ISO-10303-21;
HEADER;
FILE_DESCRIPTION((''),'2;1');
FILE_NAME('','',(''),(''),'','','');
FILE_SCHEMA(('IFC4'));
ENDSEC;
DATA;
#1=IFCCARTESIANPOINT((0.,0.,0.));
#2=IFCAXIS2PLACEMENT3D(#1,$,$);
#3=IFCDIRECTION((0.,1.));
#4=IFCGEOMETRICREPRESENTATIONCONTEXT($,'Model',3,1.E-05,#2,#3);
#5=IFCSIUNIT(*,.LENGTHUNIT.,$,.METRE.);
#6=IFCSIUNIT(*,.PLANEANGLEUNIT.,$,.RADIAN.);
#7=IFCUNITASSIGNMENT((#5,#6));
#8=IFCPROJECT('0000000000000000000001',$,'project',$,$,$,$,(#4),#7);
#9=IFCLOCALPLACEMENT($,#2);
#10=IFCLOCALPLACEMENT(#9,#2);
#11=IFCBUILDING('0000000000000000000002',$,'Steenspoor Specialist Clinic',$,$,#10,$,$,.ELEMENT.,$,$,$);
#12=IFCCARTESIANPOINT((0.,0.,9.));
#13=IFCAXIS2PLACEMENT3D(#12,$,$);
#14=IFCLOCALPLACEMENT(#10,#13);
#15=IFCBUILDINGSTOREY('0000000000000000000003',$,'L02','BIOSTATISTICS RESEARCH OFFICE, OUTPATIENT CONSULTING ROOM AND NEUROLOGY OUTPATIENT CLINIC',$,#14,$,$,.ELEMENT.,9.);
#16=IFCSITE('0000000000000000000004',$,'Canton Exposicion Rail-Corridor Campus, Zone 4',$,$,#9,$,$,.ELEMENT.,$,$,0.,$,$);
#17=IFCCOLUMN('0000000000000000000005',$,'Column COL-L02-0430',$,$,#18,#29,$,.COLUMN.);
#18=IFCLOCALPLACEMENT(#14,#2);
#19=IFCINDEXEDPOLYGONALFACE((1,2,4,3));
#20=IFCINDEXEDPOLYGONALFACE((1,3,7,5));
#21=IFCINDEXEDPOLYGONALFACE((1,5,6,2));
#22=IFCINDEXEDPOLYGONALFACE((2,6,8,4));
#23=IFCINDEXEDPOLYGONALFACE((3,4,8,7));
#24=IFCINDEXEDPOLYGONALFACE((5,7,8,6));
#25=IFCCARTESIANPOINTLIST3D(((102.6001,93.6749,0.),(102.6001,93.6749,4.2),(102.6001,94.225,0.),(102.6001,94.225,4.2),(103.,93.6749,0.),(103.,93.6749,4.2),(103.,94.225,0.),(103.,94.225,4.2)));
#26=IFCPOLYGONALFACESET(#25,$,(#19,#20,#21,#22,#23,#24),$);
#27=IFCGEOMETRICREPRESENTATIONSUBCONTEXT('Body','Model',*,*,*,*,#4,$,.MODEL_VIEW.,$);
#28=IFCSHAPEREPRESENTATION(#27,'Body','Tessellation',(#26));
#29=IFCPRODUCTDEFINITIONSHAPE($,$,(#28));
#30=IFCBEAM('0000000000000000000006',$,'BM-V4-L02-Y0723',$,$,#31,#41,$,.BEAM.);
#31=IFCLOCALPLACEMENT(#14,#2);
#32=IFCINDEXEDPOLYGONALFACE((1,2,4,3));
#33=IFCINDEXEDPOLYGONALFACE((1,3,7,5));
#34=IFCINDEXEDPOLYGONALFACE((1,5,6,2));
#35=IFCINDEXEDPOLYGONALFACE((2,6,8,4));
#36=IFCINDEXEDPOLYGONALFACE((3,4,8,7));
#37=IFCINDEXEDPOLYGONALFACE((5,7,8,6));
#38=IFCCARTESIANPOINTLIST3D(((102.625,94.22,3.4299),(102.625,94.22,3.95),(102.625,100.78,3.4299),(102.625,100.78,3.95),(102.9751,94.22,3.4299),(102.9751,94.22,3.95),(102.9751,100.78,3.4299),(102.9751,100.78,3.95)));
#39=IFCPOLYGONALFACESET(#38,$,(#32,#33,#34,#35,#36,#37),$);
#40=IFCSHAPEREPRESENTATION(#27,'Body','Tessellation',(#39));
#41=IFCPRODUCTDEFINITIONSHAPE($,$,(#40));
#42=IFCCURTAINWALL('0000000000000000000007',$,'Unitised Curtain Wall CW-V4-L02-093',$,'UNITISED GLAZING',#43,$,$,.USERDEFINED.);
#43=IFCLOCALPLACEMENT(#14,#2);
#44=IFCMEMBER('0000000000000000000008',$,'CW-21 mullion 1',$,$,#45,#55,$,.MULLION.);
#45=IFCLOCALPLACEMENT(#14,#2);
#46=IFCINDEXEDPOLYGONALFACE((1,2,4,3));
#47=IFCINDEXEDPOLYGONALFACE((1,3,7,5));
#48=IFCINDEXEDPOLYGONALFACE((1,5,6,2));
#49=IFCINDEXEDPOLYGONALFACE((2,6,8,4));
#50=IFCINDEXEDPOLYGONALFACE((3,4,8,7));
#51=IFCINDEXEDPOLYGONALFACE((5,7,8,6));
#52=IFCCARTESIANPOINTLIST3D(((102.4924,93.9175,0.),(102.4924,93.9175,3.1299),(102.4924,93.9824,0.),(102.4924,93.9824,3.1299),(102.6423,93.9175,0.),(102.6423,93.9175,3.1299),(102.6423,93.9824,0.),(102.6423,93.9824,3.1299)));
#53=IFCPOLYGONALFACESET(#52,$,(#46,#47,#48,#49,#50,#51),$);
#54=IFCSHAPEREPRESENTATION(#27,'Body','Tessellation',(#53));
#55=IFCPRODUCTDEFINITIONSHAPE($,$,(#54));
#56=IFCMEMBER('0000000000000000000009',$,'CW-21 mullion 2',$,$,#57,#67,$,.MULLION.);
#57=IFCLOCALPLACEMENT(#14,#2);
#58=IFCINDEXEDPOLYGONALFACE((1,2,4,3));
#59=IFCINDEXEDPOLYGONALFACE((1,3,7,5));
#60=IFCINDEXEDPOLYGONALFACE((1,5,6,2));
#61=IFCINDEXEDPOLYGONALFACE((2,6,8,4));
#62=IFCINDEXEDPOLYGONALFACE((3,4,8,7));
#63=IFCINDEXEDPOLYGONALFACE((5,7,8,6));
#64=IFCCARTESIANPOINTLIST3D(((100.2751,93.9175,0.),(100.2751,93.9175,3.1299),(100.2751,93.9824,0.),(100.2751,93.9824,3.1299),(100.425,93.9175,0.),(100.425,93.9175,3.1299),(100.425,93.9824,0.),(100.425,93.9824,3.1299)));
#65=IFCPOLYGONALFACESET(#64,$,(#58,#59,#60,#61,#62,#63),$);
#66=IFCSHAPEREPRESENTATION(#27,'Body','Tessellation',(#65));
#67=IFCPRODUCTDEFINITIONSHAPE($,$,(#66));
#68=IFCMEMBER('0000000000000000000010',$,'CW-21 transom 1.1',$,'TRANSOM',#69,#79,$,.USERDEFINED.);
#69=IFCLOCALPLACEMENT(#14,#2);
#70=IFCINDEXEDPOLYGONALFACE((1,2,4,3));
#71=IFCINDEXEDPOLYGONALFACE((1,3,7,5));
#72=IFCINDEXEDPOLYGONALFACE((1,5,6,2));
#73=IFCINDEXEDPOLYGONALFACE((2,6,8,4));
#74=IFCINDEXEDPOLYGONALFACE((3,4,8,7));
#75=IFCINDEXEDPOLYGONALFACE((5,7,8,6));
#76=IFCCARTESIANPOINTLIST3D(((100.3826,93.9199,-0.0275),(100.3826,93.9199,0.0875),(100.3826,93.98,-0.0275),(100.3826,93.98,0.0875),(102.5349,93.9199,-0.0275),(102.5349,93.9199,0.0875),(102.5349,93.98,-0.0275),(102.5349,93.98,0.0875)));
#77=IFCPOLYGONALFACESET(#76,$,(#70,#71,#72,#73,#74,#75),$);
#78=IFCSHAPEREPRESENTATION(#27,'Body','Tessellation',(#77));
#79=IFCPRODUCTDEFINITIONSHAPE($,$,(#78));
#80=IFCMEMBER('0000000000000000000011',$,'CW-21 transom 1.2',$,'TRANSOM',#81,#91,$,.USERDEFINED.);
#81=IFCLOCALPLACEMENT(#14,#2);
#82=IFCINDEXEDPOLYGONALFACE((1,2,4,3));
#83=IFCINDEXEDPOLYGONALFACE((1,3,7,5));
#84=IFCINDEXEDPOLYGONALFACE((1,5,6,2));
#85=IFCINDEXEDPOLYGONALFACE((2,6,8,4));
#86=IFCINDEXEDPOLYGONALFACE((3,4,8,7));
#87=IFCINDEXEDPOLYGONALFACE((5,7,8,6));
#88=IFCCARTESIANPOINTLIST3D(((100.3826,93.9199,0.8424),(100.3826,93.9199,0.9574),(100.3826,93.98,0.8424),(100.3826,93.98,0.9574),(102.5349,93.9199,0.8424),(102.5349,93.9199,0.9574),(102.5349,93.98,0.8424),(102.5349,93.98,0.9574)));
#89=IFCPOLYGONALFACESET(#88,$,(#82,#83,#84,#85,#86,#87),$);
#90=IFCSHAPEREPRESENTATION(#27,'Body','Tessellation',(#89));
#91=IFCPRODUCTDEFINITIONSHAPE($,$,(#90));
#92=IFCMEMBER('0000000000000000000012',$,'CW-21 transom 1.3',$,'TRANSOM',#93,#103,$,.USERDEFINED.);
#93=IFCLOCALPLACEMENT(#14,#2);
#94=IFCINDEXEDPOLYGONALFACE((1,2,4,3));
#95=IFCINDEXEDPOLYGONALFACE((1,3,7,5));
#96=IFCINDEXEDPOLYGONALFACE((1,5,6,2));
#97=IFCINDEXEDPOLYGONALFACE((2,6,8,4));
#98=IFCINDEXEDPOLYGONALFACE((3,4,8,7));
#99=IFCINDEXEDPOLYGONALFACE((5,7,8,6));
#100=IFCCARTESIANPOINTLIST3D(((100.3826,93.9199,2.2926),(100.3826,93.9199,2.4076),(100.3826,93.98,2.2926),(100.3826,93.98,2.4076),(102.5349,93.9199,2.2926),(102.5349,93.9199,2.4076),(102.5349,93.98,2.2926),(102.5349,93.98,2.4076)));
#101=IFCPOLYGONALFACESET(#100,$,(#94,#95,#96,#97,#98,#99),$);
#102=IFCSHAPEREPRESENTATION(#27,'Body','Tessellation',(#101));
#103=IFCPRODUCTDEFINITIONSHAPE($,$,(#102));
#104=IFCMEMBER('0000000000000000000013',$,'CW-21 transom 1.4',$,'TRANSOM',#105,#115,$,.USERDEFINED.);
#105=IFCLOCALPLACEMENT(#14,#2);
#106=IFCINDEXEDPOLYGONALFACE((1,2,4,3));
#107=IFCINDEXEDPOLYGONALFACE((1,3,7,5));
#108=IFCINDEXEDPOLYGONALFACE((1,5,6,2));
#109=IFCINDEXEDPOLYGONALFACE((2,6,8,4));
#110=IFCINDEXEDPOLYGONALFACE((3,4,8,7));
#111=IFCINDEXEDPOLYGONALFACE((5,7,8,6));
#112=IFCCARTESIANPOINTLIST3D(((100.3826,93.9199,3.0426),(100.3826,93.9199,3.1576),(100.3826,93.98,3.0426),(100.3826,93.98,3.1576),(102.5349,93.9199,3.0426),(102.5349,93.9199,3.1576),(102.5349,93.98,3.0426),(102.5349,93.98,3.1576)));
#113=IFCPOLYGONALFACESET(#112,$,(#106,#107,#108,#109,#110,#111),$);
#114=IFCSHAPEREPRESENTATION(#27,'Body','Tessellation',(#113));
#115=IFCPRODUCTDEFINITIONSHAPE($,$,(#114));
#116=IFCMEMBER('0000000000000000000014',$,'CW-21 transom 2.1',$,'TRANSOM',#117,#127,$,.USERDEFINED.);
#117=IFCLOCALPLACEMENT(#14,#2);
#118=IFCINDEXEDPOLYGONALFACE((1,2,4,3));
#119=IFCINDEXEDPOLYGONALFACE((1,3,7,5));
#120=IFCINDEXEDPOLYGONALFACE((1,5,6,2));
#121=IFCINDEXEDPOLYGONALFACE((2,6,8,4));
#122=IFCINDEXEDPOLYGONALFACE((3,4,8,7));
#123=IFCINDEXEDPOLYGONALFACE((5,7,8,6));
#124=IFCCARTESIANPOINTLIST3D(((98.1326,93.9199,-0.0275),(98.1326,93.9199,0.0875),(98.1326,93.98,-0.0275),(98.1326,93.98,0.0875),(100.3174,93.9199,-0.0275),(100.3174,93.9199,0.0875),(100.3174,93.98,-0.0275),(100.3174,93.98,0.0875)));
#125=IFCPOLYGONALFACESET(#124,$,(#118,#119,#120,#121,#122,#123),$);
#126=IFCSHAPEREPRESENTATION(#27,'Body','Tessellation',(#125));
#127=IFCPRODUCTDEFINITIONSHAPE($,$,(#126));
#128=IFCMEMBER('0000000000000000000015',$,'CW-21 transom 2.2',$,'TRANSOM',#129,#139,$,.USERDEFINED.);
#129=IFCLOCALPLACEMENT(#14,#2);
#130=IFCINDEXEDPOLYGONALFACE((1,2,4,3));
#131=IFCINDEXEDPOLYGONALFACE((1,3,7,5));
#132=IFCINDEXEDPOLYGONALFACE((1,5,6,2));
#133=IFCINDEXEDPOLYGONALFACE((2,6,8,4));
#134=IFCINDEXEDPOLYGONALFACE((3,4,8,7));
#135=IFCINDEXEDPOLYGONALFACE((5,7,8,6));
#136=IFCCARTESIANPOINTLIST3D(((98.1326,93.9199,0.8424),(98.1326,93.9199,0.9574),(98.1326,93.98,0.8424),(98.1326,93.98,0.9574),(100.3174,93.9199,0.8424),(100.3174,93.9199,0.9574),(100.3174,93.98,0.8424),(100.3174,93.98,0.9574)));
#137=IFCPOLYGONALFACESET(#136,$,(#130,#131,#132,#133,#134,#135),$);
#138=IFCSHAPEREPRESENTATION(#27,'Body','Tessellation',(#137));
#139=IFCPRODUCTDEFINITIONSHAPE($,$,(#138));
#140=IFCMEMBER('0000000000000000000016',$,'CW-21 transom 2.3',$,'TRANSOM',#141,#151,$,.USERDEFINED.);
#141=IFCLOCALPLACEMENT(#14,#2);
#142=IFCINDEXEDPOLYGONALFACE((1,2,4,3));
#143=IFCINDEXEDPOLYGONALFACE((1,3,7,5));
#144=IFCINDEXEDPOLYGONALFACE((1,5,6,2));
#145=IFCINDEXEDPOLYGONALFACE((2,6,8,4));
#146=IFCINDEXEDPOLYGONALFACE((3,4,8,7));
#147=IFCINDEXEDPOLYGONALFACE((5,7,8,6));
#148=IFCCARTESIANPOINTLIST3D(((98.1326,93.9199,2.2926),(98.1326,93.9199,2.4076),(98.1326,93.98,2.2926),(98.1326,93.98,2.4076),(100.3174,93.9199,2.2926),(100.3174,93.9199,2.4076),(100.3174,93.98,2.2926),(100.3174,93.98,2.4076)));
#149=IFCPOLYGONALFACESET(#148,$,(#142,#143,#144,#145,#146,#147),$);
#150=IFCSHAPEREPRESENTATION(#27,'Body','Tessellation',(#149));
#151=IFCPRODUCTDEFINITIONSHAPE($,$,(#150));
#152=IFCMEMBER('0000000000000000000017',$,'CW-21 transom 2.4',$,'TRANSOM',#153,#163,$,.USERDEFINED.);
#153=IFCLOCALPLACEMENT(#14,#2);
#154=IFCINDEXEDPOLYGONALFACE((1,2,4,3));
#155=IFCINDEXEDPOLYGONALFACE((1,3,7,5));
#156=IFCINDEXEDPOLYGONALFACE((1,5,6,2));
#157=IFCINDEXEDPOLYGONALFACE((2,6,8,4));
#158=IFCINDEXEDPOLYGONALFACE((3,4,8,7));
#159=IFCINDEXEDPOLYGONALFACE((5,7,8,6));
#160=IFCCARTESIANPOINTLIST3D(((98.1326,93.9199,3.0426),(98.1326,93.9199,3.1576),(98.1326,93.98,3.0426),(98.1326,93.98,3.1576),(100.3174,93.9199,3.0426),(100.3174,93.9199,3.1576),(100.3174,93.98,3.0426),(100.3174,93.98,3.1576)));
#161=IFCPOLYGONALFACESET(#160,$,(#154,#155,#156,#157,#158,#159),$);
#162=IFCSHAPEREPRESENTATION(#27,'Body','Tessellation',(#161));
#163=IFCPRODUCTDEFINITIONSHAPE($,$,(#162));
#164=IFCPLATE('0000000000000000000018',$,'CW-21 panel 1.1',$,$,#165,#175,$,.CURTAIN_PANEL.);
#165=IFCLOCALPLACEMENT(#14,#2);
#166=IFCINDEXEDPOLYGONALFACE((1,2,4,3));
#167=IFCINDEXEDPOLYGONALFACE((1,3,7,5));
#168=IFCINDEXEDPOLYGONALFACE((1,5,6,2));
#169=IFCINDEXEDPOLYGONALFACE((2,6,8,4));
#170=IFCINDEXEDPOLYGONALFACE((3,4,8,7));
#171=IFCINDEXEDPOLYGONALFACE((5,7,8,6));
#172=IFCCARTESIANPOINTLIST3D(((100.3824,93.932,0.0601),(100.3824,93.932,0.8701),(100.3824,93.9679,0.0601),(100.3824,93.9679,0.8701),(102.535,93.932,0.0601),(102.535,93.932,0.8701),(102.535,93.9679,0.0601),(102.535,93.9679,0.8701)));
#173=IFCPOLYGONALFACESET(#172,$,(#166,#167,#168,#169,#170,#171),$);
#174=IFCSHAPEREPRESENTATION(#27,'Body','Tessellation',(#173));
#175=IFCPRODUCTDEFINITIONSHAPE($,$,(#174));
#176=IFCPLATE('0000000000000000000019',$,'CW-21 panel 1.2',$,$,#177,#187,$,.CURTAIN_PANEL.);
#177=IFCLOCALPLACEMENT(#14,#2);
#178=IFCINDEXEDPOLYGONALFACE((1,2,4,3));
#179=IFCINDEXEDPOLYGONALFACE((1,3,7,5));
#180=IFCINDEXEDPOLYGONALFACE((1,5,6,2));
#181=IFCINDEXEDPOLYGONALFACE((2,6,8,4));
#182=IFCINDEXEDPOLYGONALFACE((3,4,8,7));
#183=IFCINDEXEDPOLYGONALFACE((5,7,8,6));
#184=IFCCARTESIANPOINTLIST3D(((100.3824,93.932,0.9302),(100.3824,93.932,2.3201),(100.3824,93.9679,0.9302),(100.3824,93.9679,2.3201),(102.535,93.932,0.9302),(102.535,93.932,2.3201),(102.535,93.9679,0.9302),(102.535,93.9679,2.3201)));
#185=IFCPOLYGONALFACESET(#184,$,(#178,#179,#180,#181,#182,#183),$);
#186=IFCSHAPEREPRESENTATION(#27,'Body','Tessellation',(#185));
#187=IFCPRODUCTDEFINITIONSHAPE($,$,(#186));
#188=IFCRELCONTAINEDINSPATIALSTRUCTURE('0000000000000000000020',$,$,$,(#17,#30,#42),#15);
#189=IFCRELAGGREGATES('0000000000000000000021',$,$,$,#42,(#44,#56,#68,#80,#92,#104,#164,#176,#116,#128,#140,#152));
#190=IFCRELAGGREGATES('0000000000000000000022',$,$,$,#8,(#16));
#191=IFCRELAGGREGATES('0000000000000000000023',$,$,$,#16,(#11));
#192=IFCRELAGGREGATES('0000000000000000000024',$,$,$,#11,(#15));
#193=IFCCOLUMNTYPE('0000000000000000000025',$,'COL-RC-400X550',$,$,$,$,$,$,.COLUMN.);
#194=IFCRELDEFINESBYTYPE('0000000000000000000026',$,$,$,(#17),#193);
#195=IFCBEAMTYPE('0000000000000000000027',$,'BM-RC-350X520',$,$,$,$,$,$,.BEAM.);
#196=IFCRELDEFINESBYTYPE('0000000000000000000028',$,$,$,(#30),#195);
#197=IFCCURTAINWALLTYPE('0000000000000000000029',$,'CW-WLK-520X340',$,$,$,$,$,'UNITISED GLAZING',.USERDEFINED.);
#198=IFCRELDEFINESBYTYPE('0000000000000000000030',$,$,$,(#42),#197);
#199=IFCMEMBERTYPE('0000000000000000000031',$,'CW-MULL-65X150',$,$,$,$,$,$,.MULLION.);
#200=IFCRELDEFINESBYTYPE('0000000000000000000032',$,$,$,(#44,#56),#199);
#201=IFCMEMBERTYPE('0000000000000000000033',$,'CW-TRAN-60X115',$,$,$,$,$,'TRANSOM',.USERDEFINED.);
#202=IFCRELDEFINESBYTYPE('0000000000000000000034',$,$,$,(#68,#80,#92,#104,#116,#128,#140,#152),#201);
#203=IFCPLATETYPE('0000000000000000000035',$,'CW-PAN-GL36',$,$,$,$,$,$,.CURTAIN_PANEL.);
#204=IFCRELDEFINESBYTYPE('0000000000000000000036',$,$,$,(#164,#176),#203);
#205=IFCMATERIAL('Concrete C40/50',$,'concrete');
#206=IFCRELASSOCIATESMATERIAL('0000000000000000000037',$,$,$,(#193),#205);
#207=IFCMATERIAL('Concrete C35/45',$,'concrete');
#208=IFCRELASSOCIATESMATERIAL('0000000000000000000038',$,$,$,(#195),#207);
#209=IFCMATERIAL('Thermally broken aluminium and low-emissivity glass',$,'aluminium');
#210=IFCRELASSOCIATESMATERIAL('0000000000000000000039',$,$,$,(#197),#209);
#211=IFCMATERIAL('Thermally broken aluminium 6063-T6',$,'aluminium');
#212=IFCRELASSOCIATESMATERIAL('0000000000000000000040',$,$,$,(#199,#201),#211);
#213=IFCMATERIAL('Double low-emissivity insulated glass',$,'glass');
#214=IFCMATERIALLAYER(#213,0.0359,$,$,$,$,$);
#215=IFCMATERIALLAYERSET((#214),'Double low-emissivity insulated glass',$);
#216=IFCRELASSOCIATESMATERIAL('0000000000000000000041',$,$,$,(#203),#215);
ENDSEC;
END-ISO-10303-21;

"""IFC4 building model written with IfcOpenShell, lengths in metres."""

from ifc_helpers import new_model, si_unit, direction, frame, origin, origin_2d, place, context, subcontext, project, spatial, rectangle, extrude, material, layer, layer_set, material_profile, profile_set, type_object, element, aggregate, save


model = new_model("IFC4")

# Units and contexts
model_context = context("Model", 3, precision=1e-05, world=origin(), true_north=direction((0.0, 1.0)))
body_context = subcontext(model_context, "Body", "Model", "MODEL_VIEW")
ifc_project = project(units=[si_unit("LENGTHUNIT", "METRE"), si_unit("PLANEANGLEUNIT", "RADIAN")], contexts=[model_context])

# Site, building, storey
site_placement = place(None, origin())
site = spatial("IfcSite", under=ifc_project, at=site_placement, Name="Canton Exposicion Rail-Corridor Campus, Zone 4", CompositionType="ELEMENT", RefElevation=0.0)
building_placement = place(site_placement, origin())
building = spatial("IfcBuilding", under=site, at=building_placement, Name="Steenspoor Specialist Clinic", CompositionType="ELEMENT")
storey_placement = place(building_placement, frame((0.0, 0.0, 9.0)))
storey = spatial("IfcBuildingStorey", under=building, at=storey_placement, Name="L02", Description="BIOSTATISTICS RESEARCH OFFICE, OUTPATIENT CONSULTING ROOM AND NEUROLOGY OUTPATIENT CLINIC", CompositionType="ELEMENT", Elevation=9.0)

# Column
ifc_material_1 = material(Name="Concrete C40/50", Category="concrete")
ifc_material_profile_1 = material_profile(ifc_material_1, rectangle(XDim=0.3999, YDim=0.55, at=origin_2d()), Name="RC-COL-400X550")
ifc_profile_set_1 = profile_set([ifc_material_profile_1], Name="Concrete C40/50")
column_type = type_object("IfcColumnType", Name="COL-RC-400X550", PredefinedType="COLUMN", material=ifc_profile_set_1)
column_placement = place(storey_placement, frame((102.8, 93.95, 0.0), z_axis=(0.0, 0.0, 1.0), x_axis=(1.0, 0.0, 0.0)))
element("IfcColumn", 1, at=column_placement, inside=storey, type_object=column_type, Name="Column COL-L02-0430", PredefinedType="COLUMN", context=body_context, shape_type="SweptSolid", body=[
    extrude(rectangle(XDim=0.3999, YDim=0.55, at=origin_2d()), origin(), (0.0, 0.0, 1.0), 4.2),
])

# Beam
ifc_material_2 = material(Name="Concrete C35/45", Category="concrete")
ifc_material_profile_2 = material_profile(ifc_material_2, rectangle(XDim=0.3501, YDim=0.52, at=origin_2d()), Name="RC-BM-350X520")
ifc_profile_set_2 = profile_set([ifc_material_profile_2], Name="Concrete C35/45")
beam_type = type_object("IfcBeamType", Name="BM-RC-350X520", PredefinedType="BEAM", material=ifc_profile_set_2)
beam_placement = place(storey_placement, frame((102.8, 94.22, 3.6899), z_axis=(0.0, 1.0, 0.0), x_axis=(-1.0, 0.0, 0.0)))
element("IfcBeam", 2, at=beam_placement, inside=storey, type_object=beam_type, Name="BM-V4-L02-Y0723", PredefinedType="BEAM", context=body_context, shape_type="SweptSolid", body=[
    extrude(rectangle(XDim=0.3501, YDim=0.52, at=origin_2d()), origin(), (0.0, 0.0, 1.0), 6.5601),
])

# Curtain wall, members, plates
ifc_material_3 = material(Name="Thermally broken aluminium and low-emissivity glass", Category="aluminium")
curtain_wall_type = type_object("IfcCurtainWallType", Name="CW-WLK-520X340", ElementType="UNITISED GLAZING", PredefinedType="USERDEFINED", material=ifc_material_3)
curtain_wall_placement = place(storey_placement, origin())
curtain_wall = element("IfcCurtainWall", 3, at=curtain_wall_placement, inside=storey, type_object=curtain_wall_type, Name="Unitised Curtain Wall CW-V4-L02-093", ObjectType="UNITISED GLAZING", PredefinedType="USERDEFINED")
ifc_material_4 = material(Name="Thermally broken aluminium 6063-T6", Category="aluminium")
ifc_material_profile_3 = material_profile(ifc_material_4, rectangle(XDim=0.0649, YDim=0.1499, at=origin_2d()), Name="CWM-65X150")
ifc_profile_set_3 = profile_set([ifc_material_profile_3], Name="Thermally broken aluminium 6063-T6")
member_type_1 = type_object("IfcMemberType", Name="CW-MULL-65X150", PredefinedType="MULLION", material=ifc_profile_set_3)
member_1_placement = place(storey_placement, frame((102.5674, 93.95, 0.0), z_axis=(0.0, 0.0, 1.0), x_axis=(0.0, -1.0, 0.0)))
member_1 = element("IfcMember", 4, at=member_1_placement, type_object=member_type_1, Name="CW-21 mullion 1", PredefinedType="MULLION", context=body_context, shape_type="SweptSolid", body=[
    extrude(rectangle(XDim=0.0649, YDim=0.1499, at=origin_2d()), origin(), (0.0, 0.0, 1.0), 3.1299),
])
member_2_placement = place(storey_placement, frame((100.3501, 93.95, 0.0), z_axis=(0.0, 0.0, 1.0), x_axis=(0.0, -1.0, 0.0)))
member_2 = element("IfcMember", 5, at=member_2_placement, type_object=member_type_1, Name="CW-21 mullion 2", PredefinedType="MULLION", context=body_context, shape_type="SweptSolid", body=[
    extrude(rectangle(XDim=0.0649, YDim=0.1499, at=origin_2d()), origin(), (0.0, 0.0, 1.0), 3.1299),
])
ifc_material_profile_4 = material_profile(ifc_material_4, rectangle(XDim=0.0601, YDim=0.115, at=origin_2d()), Name="CWT-60X115")
ifc_profile_set_4 = profile_set([ifc_material_profile_4], Name="Thermally broken aluminium 6063-T6")
member_type_2 = type_object("IfcMemberType", Name="CW-TRAN-60X115", ElementType="TRANSOM", PredefinedType="USERDEFINED", material=ifc_profile_set_4)
member_3_placement = place(storey_placement, frame((102.5349, 93.95, 0.03), z_axis=(-1.0, 0.0, 0.0), x_axis=(0.0, -1.0, 0.0)))
member_3 = element("IfcMember", 6, at=member_3_placement, type_object=member_type_2, Name="CW-21 transom 1.1", ObjectType="TRANSOM", PredefinedType="USERDEFINED", context=body_context, shape_type="SweptSolid", body=[
    extrude(rectangle(XDim=0.0601, YDim=0.115, at=origin_2d()), origin(), (0.0, 0.0, 1.0), 2.1523),
])
member_4_placement = place(storey_placement, frame((102.5349, 93.95, 0.8999), z_axis=(-1.0, 0.0, 0.0), x_axis=(0.0, -1.0, 0.0)))
member_4 = element("IfcMember", 7, at=member_4_placement, type_object=member_type_2, Name="CW-21 transom 1.2", ObjectType="TRANSOM", PredefinedType="USERDEFINED", context=body_context, shape_type="SweptSolid", body=[
    extrude(rectangle(XDim=0.0601, YDim=0.115, at=origin_2d()), origin(), (0.0, 0.0, 1.0), 2.1523),
])
member_5_placement = place(storey_placement, frame((102.5349, 93.95, 2.3501), z_axis=(-1.0, 0.0, 0.0), x_axis=(0.0, -1.0, 0.0)))
member_5 = element("IfcMember", 8, at=member_5_placement, type_object=member_type_2, Name="CW-21 transom 1.3", ObjectType="TRANSOM", PredefinedType="USERDEFINED", context=body_context, shape_type="SweptSolid", body=[
    extrude(rectangle(XDim=0.0601, YDim=0.115, at=origin_2d()), origin(), (0.0, 0.0, 1.0), 2.1523),
])
member_6_placement = place(storey_placement, frame((102.5349, 93.95, 3.1001), z_axis=(-1.0, 0.0, 0.0), x_axis=(0.0, -1.0, 0.0)))
member_6 = element("IfcMember", 9, at=member_6_placement, type_object=member_type_2, Name="CW-21 transom 1.4", ObjectType="TRANSOM", PredefinedType="USERDEFINED", context=body_context, shape_type="SweptSolid", body=[
    extrude(rectangle(XDim=0.0601, YDim=0.115, at=origin_2d()), origin(), (0.0, 0.0, 1.0), 2.1523),
])
member_7_placement = place(storey_placement, frame((100.3174, 93.95, 0.03), z_axis=(-1.0, 0.0, 0.0), x_axis=(0.0, -1.0, 0.0)))
member_7 = element("IfcMember", 10, at=member_7_placement, type_object=member_type_2, Name="CW-21 transom 2.1", ObjectType="TRANSOM", PredefinedType="USERDEFINED", context=body_context, shape_type="SweptSolid", body=[
    extrude(rectangle(XDim=0.0601, YDim=0.115, at=origin_2d()), origin(), (0.0, 0.0, 1.0), 2.1848),
])
member_8_placement = place(storey_placement, frame((100.3174, 93.95, 0.8999), z_axis=(-1.0, 0.0, 0.0), x_axis=(0.0, -1.0, 0.0)))
member_8 = element("IfcMember", 11, at=member_8_placement, type_object=member_type_2, Name="CW-21 transom 2.2", ObjectType="TRANSOM", PredefinedType="USERDEFINED", context=body_context, shape_type="SweptSolid", body=[
    extrude(rectangle(XDim=0.0601, YDim=0.115, at=origin_2d()), origin(), (0.0, 0.0, 1.0), 2.1848),
])
member_9_placement = place(storey_placement, frame((100.3174, 93.95, 2.3501), z_axis=(-1.0, 0.0, 0.0), x_axis=(0.0, -1.0, 0.0)))
member_9 = element("IfcMember", 12, at=member_9_placement, type_object=member_type_2, Name="CW-21 transom 2.3", ObjectType="TRANSOM", PredefinedType="USERDEFINED", context=body_context, shape_type="SweptSolid", body=[
    extrude(rectangle(XDim=0.0601, YDim=0.115, at=origin_2d()), origin(), (0.0, 0.0, 1.0), 2.1848),
])
member_10_placement = place(storey_placement, frame((100.3174, 93.95, 3.1001), z_axis=(-1.0, 0.0, 0.0), x_axis=(0.0, -1.0, 0.0)))
member_10 = element("IfcMember", 13, at=member_10_placement, type_object=member_type_2, Name="CW-21 transom 2.4", ObjectType="TRANSOM", PredefinedType="USERDEFINED", context=body_context, shape_type="SweptSolid", body=[
    extrude(rectangle(XDim=0.0601, YDim=0.115, at=origin_2d()), origin(), (0.0, 0.0, 1.0), 2.1848),
])
ifc_material_5 = material(Name="Double low-emissivity insulated glass", Category="glass")
ifc_layer_1 = layer(ifc_material_5, 0.0359)
ifc_layer_set_1 = layer_set([ifc_layer_1], Name="Double low-emissivity insulated glass")
plate_type = type_object("IfcPlateType", Name="CW-PAN-GL36", PredefinedType="CURTAIN_PANEL", material=ifc_layer_set_1)
plate_1_placement = place(storey_placement, frame((101.4587, 93.95, 0.0601), z_axis=(0.0, 0.0, 1.0), x_axis=(-1.0, 0.0, 0.0)))
plate_1 = element("IfcPlate", 14, at=plate_1_placement, type_object=plate_type, Name="CW-21 panel 1.1", PredefinedType="CURTAIN_PANEL", context=body_context, shape_type="SweptSolid", body=[
    extrude(rectangle(XDim=2.1526, YDim=0.0359, at=origin_2d()), origin(), (0.0, 0.0, 1.0), 0.8101),
])
plate_2_placement = place(storey_placement, frame((101.4587, 93.95, 0.9302), z_axis=(0.0, 0.0, 1.0), x_axis=(-1.0, 0.0, 0.0)))
plate_2 = element("IfcPlate", 15, at=plate_2_placement, type_object=plate_type, Name="CW-21 panel 1.2", PredefinedType="CURTAIN_PANEL", context=body_context, shape_type="SweptSolid", body=[
    extrude(rectangle(XDim=2.1526, YDim=0.0359, at=origin_2d()), origin(), (0.0, 0.0, 1.0), 1.3899),
])
aggregate(curtain_wall, [member_1, member_2, member_3, member_4, member_5, member_6, plate_1, plate_2, member_7, member_8, member_9, member_10])

save(model, "model.ifc")
